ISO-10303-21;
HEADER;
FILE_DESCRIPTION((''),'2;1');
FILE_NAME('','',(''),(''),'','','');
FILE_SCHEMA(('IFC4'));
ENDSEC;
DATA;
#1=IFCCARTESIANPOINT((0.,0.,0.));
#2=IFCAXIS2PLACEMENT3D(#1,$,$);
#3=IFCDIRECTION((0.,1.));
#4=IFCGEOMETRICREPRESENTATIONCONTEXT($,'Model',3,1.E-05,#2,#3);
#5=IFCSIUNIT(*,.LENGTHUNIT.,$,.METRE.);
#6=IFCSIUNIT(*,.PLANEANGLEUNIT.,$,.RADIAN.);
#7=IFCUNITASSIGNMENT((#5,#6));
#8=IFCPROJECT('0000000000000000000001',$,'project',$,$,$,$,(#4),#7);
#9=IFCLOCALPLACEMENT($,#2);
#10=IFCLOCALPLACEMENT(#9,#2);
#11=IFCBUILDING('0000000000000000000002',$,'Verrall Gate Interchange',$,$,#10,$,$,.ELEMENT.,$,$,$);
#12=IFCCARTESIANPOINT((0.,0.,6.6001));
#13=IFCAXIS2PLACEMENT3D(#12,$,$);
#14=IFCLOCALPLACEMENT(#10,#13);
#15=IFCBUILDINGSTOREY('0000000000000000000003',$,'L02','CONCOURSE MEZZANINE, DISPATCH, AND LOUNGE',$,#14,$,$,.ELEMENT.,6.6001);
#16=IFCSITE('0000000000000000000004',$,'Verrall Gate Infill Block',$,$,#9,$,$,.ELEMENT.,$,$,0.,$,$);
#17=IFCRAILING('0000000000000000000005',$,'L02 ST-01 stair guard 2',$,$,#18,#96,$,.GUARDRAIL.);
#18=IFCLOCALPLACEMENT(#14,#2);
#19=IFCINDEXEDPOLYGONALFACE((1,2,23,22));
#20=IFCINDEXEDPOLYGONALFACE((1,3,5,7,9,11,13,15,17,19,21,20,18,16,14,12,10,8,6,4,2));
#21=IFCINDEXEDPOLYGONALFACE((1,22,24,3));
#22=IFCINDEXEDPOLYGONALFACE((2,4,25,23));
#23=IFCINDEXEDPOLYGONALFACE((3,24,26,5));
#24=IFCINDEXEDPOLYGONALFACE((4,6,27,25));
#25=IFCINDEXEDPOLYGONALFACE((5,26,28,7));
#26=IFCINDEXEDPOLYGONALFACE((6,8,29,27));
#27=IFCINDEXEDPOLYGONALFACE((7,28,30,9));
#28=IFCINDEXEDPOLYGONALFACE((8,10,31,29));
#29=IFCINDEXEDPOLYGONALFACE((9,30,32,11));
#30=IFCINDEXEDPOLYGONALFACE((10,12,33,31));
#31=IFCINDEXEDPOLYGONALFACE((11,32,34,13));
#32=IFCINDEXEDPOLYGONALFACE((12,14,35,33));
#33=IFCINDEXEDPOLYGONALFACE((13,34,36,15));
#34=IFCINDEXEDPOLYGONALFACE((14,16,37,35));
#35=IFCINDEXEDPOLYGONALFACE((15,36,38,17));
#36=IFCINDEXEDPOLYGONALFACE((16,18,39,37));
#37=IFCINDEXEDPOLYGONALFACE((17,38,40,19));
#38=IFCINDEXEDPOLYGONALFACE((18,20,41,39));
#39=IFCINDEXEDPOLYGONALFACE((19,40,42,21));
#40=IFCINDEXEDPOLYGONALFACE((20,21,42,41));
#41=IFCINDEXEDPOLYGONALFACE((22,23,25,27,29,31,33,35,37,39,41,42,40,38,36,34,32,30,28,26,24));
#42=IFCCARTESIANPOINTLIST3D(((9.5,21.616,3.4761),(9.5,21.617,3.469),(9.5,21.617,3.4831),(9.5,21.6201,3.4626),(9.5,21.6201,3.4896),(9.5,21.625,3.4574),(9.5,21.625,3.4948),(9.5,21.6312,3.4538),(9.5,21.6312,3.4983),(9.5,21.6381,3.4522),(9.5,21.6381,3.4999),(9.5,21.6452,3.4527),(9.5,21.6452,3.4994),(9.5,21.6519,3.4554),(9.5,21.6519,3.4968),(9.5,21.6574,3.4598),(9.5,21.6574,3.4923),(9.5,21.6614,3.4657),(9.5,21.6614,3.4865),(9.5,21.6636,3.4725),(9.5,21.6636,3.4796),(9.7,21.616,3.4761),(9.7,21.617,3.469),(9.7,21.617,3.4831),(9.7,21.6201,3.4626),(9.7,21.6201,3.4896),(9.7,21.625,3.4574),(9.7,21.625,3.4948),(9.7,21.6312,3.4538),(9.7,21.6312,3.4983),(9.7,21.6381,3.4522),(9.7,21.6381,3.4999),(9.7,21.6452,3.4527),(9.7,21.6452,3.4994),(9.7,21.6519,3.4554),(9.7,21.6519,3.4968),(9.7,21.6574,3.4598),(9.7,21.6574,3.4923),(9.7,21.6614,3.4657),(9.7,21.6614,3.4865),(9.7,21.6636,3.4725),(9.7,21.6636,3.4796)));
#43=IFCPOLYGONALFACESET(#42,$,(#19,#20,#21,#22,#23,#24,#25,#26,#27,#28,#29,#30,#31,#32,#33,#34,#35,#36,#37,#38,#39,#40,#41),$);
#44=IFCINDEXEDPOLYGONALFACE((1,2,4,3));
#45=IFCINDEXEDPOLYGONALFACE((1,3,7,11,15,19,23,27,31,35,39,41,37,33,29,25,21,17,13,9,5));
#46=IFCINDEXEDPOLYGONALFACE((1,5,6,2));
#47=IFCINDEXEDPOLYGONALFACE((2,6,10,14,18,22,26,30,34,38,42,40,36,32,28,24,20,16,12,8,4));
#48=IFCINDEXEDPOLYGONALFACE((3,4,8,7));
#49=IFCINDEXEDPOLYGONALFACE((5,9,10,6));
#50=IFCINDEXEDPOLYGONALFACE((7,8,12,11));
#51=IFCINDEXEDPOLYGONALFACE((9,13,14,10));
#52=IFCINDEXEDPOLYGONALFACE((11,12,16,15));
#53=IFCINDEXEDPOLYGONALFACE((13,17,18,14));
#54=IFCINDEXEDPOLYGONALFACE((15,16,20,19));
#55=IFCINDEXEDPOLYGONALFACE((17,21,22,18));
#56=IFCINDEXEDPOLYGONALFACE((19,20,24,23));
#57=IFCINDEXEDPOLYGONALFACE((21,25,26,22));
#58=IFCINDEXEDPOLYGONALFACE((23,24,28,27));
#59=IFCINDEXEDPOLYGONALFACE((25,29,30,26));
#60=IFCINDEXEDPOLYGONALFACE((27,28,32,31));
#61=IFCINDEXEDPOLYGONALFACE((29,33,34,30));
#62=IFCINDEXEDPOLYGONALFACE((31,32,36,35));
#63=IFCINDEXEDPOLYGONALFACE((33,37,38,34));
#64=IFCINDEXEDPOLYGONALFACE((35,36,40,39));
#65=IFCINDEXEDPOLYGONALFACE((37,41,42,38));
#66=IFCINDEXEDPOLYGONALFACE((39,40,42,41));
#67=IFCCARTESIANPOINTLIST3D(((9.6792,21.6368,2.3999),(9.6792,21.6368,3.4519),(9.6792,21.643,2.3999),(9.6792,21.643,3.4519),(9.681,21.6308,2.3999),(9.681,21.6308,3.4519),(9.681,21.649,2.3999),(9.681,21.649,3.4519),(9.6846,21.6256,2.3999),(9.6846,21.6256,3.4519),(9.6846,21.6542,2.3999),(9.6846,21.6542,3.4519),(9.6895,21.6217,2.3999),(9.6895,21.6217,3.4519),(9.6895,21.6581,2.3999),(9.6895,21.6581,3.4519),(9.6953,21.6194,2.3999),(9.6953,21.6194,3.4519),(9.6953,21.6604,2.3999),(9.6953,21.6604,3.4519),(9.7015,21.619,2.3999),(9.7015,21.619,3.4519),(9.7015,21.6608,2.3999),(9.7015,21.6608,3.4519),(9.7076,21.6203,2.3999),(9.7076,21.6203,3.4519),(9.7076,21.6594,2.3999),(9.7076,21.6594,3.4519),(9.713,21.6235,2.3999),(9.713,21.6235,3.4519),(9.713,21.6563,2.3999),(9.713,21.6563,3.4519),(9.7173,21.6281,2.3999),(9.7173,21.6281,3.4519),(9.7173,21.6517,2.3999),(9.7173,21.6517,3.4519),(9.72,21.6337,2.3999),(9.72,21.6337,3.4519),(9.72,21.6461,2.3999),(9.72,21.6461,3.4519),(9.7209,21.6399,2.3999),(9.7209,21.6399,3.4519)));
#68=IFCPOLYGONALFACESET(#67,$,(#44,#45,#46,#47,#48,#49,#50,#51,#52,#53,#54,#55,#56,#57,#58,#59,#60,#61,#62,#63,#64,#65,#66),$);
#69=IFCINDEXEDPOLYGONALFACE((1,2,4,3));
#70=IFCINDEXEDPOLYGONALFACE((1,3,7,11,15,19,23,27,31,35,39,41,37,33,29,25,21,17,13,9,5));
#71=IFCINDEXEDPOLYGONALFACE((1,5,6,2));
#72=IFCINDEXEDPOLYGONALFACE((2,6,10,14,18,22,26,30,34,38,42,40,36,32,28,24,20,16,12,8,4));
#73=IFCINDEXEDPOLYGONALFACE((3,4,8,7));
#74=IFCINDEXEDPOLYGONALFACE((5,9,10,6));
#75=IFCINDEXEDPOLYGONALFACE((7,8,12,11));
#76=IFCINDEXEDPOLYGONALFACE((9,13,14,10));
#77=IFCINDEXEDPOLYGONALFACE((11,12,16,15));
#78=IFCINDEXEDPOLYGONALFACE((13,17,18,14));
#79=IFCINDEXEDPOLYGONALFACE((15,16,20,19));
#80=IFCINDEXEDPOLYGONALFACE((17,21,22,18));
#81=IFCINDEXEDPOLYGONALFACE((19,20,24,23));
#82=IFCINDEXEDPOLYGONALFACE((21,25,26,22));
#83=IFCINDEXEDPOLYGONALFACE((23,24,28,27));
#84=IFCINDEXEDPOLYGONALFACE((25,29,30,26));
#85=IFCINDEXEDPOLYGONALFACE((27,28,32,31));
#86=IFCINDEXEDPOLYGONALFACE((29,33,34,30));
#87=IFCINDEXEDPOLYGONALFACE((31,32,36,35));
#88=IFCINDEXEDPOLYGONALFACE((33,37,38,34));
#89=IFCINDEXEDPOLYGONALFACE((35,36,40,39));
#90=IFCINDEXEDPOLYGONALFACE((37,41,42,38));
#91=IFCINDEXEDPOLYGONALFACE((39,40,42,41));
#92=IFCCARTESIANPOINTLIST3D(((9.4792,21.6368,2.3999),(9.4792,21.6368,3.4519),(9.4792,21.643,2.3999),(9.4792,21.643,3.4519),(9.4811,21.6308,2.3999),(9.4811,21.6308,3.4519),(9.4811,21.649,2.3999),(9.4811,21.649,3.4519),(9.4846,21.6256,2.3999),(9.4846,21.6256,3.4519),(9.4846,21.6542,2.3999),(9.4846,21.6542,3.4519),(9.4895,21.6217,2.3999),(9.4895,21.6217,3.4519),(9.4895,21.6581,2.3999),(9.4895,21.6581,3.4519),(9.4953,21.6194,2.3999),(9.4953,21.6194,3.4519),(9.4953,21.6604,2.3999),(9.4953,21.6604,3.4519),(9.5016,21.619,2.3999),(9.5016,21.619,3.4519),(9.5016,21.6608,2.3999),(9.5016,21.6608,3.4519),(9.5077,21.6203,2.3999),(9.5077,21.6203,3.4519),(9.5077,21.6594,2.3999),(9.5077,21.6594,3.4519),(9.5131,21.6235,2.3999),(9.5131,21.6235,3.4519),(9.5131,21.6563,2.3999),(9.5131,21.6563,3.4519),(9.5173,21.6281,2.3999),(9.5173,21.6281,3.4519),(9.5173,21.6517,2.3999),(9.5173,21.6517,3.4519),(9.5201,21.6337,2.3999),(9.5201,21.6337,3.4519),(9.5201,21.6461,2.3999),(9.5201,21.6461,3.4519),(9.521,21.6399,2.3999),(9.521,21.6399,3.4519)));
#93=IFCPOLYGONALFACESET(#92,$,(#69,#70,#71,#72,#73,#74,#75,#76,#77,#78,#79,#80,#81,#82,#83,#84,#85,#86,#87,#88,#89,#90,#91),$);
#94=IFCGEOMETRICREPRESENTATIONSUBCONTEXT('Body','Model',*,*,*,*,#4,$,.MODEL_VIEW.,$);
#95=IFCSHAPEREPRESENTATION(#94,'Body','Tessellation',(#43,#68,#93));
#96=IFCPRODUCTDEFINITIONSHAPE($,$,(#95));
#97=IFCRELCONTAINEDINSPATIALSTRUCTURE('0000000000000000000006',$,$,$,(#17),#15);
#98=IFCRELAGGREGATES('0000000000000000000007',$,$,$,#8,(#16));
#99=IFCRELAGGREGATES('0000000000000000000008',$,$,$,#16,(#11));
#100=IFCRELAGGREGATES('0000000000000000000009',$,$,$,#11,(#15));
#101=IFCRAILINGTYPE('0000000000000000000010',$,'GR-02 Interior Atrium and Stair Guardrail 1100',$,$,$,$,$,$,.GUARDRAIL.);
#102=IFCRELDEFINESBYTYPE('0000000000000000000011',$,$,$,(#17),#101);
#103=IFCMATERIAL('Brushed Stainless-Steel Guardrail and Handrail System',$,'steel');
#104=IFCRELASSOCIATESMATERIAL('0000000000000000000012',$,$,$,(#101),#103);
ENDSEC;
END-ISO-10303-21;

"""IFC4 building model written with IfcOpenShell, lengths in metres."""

from ifc_helpers import new_model, si_unit, direction, frame, origin, origin_2d, place, context, subcontext, project, spatial, circle, extrude, material, type_object, element, save


model = new_model("IFC4")

# Units and contexts
model_context = context("Model", 3, precision=1e-05, world=origin(), true_north=direction((0.0, 1.0)))
body_context = subcontext(model_context, "Body", "Model", "MODEL_VIEW")
ifc_project = project(units=[si_unit("LENGTHUNIT", "METRE"), si_unit("PLANEANGLEUNIT", "RADIAN")], contexts=[model_context])

# Site, building, storey
site_placement = place(None, origin())
site = spatial("IfcSite", under=ifc_project, at=site_placement, Name="Verrall Gate Infill Block", CompositionType="ELEMENT", RefElevation=0.0)
building_placement = place(site_placement, origin())
building = spatial("IfcBuilding", under=site, at=building_placement, Name="Verrall Gate Interchange", CompositionType="ELEMENT")
storey_placement = place(building_placement, frame((0.0, 0.0, 6.6001)))
storey = spatial("IfcBuildingStorey", under=building, at=storey_placement, Name="L02", Description="CONCOURSE MEZZANINE, DISPATCH, AND LOUNGE", CompositionType="ELEMENT", Elevation=6.6001)

# Railing
ifc_material_1 = material(Name="Brushed Stainless-Steel Guardrail and Handrail System", Category="steel")
railing_type_1 = type_object("IfcRailingType", Name="GR-02 Interior Atrium and Stair Guardrail 1100", PredefinedType="GUARDRAIL", material=ifc_material_1)
railing_1_placement = place(storey_placement, frame((9.7, 21.6399, 2.3999)))
element("IfcRailing", 1, at=railing_1_placement, inside=storey, type_object=railing_type_1, Name="L02 ST-01 stair guard 2", PredefinedType="GUARDRAIL", context=body_context, shape_type="SweptSolid", body=[
    extrude(circle(Radius=0.0239, at=origin_2d()), frame((0.0, 0.0, 1.0762), z_axis=(-1.0, 0.0, 0.0), x_axis=(0.0, -1.0, 0.0)), (0.0, 0.0, 1.0), 0.2),
    extrude(circle(Radius=0.021, at=origin_2d()), origin(), (0.0, 0.0, 1.0), 1.052),
    extrude(circle(Radius=0.021, at=origin_2d()), frame((-0.2, 0.0, 0.0)), (0.0, 0.0, 1.0), 1.052),
])

save(model, "model.ifc")
